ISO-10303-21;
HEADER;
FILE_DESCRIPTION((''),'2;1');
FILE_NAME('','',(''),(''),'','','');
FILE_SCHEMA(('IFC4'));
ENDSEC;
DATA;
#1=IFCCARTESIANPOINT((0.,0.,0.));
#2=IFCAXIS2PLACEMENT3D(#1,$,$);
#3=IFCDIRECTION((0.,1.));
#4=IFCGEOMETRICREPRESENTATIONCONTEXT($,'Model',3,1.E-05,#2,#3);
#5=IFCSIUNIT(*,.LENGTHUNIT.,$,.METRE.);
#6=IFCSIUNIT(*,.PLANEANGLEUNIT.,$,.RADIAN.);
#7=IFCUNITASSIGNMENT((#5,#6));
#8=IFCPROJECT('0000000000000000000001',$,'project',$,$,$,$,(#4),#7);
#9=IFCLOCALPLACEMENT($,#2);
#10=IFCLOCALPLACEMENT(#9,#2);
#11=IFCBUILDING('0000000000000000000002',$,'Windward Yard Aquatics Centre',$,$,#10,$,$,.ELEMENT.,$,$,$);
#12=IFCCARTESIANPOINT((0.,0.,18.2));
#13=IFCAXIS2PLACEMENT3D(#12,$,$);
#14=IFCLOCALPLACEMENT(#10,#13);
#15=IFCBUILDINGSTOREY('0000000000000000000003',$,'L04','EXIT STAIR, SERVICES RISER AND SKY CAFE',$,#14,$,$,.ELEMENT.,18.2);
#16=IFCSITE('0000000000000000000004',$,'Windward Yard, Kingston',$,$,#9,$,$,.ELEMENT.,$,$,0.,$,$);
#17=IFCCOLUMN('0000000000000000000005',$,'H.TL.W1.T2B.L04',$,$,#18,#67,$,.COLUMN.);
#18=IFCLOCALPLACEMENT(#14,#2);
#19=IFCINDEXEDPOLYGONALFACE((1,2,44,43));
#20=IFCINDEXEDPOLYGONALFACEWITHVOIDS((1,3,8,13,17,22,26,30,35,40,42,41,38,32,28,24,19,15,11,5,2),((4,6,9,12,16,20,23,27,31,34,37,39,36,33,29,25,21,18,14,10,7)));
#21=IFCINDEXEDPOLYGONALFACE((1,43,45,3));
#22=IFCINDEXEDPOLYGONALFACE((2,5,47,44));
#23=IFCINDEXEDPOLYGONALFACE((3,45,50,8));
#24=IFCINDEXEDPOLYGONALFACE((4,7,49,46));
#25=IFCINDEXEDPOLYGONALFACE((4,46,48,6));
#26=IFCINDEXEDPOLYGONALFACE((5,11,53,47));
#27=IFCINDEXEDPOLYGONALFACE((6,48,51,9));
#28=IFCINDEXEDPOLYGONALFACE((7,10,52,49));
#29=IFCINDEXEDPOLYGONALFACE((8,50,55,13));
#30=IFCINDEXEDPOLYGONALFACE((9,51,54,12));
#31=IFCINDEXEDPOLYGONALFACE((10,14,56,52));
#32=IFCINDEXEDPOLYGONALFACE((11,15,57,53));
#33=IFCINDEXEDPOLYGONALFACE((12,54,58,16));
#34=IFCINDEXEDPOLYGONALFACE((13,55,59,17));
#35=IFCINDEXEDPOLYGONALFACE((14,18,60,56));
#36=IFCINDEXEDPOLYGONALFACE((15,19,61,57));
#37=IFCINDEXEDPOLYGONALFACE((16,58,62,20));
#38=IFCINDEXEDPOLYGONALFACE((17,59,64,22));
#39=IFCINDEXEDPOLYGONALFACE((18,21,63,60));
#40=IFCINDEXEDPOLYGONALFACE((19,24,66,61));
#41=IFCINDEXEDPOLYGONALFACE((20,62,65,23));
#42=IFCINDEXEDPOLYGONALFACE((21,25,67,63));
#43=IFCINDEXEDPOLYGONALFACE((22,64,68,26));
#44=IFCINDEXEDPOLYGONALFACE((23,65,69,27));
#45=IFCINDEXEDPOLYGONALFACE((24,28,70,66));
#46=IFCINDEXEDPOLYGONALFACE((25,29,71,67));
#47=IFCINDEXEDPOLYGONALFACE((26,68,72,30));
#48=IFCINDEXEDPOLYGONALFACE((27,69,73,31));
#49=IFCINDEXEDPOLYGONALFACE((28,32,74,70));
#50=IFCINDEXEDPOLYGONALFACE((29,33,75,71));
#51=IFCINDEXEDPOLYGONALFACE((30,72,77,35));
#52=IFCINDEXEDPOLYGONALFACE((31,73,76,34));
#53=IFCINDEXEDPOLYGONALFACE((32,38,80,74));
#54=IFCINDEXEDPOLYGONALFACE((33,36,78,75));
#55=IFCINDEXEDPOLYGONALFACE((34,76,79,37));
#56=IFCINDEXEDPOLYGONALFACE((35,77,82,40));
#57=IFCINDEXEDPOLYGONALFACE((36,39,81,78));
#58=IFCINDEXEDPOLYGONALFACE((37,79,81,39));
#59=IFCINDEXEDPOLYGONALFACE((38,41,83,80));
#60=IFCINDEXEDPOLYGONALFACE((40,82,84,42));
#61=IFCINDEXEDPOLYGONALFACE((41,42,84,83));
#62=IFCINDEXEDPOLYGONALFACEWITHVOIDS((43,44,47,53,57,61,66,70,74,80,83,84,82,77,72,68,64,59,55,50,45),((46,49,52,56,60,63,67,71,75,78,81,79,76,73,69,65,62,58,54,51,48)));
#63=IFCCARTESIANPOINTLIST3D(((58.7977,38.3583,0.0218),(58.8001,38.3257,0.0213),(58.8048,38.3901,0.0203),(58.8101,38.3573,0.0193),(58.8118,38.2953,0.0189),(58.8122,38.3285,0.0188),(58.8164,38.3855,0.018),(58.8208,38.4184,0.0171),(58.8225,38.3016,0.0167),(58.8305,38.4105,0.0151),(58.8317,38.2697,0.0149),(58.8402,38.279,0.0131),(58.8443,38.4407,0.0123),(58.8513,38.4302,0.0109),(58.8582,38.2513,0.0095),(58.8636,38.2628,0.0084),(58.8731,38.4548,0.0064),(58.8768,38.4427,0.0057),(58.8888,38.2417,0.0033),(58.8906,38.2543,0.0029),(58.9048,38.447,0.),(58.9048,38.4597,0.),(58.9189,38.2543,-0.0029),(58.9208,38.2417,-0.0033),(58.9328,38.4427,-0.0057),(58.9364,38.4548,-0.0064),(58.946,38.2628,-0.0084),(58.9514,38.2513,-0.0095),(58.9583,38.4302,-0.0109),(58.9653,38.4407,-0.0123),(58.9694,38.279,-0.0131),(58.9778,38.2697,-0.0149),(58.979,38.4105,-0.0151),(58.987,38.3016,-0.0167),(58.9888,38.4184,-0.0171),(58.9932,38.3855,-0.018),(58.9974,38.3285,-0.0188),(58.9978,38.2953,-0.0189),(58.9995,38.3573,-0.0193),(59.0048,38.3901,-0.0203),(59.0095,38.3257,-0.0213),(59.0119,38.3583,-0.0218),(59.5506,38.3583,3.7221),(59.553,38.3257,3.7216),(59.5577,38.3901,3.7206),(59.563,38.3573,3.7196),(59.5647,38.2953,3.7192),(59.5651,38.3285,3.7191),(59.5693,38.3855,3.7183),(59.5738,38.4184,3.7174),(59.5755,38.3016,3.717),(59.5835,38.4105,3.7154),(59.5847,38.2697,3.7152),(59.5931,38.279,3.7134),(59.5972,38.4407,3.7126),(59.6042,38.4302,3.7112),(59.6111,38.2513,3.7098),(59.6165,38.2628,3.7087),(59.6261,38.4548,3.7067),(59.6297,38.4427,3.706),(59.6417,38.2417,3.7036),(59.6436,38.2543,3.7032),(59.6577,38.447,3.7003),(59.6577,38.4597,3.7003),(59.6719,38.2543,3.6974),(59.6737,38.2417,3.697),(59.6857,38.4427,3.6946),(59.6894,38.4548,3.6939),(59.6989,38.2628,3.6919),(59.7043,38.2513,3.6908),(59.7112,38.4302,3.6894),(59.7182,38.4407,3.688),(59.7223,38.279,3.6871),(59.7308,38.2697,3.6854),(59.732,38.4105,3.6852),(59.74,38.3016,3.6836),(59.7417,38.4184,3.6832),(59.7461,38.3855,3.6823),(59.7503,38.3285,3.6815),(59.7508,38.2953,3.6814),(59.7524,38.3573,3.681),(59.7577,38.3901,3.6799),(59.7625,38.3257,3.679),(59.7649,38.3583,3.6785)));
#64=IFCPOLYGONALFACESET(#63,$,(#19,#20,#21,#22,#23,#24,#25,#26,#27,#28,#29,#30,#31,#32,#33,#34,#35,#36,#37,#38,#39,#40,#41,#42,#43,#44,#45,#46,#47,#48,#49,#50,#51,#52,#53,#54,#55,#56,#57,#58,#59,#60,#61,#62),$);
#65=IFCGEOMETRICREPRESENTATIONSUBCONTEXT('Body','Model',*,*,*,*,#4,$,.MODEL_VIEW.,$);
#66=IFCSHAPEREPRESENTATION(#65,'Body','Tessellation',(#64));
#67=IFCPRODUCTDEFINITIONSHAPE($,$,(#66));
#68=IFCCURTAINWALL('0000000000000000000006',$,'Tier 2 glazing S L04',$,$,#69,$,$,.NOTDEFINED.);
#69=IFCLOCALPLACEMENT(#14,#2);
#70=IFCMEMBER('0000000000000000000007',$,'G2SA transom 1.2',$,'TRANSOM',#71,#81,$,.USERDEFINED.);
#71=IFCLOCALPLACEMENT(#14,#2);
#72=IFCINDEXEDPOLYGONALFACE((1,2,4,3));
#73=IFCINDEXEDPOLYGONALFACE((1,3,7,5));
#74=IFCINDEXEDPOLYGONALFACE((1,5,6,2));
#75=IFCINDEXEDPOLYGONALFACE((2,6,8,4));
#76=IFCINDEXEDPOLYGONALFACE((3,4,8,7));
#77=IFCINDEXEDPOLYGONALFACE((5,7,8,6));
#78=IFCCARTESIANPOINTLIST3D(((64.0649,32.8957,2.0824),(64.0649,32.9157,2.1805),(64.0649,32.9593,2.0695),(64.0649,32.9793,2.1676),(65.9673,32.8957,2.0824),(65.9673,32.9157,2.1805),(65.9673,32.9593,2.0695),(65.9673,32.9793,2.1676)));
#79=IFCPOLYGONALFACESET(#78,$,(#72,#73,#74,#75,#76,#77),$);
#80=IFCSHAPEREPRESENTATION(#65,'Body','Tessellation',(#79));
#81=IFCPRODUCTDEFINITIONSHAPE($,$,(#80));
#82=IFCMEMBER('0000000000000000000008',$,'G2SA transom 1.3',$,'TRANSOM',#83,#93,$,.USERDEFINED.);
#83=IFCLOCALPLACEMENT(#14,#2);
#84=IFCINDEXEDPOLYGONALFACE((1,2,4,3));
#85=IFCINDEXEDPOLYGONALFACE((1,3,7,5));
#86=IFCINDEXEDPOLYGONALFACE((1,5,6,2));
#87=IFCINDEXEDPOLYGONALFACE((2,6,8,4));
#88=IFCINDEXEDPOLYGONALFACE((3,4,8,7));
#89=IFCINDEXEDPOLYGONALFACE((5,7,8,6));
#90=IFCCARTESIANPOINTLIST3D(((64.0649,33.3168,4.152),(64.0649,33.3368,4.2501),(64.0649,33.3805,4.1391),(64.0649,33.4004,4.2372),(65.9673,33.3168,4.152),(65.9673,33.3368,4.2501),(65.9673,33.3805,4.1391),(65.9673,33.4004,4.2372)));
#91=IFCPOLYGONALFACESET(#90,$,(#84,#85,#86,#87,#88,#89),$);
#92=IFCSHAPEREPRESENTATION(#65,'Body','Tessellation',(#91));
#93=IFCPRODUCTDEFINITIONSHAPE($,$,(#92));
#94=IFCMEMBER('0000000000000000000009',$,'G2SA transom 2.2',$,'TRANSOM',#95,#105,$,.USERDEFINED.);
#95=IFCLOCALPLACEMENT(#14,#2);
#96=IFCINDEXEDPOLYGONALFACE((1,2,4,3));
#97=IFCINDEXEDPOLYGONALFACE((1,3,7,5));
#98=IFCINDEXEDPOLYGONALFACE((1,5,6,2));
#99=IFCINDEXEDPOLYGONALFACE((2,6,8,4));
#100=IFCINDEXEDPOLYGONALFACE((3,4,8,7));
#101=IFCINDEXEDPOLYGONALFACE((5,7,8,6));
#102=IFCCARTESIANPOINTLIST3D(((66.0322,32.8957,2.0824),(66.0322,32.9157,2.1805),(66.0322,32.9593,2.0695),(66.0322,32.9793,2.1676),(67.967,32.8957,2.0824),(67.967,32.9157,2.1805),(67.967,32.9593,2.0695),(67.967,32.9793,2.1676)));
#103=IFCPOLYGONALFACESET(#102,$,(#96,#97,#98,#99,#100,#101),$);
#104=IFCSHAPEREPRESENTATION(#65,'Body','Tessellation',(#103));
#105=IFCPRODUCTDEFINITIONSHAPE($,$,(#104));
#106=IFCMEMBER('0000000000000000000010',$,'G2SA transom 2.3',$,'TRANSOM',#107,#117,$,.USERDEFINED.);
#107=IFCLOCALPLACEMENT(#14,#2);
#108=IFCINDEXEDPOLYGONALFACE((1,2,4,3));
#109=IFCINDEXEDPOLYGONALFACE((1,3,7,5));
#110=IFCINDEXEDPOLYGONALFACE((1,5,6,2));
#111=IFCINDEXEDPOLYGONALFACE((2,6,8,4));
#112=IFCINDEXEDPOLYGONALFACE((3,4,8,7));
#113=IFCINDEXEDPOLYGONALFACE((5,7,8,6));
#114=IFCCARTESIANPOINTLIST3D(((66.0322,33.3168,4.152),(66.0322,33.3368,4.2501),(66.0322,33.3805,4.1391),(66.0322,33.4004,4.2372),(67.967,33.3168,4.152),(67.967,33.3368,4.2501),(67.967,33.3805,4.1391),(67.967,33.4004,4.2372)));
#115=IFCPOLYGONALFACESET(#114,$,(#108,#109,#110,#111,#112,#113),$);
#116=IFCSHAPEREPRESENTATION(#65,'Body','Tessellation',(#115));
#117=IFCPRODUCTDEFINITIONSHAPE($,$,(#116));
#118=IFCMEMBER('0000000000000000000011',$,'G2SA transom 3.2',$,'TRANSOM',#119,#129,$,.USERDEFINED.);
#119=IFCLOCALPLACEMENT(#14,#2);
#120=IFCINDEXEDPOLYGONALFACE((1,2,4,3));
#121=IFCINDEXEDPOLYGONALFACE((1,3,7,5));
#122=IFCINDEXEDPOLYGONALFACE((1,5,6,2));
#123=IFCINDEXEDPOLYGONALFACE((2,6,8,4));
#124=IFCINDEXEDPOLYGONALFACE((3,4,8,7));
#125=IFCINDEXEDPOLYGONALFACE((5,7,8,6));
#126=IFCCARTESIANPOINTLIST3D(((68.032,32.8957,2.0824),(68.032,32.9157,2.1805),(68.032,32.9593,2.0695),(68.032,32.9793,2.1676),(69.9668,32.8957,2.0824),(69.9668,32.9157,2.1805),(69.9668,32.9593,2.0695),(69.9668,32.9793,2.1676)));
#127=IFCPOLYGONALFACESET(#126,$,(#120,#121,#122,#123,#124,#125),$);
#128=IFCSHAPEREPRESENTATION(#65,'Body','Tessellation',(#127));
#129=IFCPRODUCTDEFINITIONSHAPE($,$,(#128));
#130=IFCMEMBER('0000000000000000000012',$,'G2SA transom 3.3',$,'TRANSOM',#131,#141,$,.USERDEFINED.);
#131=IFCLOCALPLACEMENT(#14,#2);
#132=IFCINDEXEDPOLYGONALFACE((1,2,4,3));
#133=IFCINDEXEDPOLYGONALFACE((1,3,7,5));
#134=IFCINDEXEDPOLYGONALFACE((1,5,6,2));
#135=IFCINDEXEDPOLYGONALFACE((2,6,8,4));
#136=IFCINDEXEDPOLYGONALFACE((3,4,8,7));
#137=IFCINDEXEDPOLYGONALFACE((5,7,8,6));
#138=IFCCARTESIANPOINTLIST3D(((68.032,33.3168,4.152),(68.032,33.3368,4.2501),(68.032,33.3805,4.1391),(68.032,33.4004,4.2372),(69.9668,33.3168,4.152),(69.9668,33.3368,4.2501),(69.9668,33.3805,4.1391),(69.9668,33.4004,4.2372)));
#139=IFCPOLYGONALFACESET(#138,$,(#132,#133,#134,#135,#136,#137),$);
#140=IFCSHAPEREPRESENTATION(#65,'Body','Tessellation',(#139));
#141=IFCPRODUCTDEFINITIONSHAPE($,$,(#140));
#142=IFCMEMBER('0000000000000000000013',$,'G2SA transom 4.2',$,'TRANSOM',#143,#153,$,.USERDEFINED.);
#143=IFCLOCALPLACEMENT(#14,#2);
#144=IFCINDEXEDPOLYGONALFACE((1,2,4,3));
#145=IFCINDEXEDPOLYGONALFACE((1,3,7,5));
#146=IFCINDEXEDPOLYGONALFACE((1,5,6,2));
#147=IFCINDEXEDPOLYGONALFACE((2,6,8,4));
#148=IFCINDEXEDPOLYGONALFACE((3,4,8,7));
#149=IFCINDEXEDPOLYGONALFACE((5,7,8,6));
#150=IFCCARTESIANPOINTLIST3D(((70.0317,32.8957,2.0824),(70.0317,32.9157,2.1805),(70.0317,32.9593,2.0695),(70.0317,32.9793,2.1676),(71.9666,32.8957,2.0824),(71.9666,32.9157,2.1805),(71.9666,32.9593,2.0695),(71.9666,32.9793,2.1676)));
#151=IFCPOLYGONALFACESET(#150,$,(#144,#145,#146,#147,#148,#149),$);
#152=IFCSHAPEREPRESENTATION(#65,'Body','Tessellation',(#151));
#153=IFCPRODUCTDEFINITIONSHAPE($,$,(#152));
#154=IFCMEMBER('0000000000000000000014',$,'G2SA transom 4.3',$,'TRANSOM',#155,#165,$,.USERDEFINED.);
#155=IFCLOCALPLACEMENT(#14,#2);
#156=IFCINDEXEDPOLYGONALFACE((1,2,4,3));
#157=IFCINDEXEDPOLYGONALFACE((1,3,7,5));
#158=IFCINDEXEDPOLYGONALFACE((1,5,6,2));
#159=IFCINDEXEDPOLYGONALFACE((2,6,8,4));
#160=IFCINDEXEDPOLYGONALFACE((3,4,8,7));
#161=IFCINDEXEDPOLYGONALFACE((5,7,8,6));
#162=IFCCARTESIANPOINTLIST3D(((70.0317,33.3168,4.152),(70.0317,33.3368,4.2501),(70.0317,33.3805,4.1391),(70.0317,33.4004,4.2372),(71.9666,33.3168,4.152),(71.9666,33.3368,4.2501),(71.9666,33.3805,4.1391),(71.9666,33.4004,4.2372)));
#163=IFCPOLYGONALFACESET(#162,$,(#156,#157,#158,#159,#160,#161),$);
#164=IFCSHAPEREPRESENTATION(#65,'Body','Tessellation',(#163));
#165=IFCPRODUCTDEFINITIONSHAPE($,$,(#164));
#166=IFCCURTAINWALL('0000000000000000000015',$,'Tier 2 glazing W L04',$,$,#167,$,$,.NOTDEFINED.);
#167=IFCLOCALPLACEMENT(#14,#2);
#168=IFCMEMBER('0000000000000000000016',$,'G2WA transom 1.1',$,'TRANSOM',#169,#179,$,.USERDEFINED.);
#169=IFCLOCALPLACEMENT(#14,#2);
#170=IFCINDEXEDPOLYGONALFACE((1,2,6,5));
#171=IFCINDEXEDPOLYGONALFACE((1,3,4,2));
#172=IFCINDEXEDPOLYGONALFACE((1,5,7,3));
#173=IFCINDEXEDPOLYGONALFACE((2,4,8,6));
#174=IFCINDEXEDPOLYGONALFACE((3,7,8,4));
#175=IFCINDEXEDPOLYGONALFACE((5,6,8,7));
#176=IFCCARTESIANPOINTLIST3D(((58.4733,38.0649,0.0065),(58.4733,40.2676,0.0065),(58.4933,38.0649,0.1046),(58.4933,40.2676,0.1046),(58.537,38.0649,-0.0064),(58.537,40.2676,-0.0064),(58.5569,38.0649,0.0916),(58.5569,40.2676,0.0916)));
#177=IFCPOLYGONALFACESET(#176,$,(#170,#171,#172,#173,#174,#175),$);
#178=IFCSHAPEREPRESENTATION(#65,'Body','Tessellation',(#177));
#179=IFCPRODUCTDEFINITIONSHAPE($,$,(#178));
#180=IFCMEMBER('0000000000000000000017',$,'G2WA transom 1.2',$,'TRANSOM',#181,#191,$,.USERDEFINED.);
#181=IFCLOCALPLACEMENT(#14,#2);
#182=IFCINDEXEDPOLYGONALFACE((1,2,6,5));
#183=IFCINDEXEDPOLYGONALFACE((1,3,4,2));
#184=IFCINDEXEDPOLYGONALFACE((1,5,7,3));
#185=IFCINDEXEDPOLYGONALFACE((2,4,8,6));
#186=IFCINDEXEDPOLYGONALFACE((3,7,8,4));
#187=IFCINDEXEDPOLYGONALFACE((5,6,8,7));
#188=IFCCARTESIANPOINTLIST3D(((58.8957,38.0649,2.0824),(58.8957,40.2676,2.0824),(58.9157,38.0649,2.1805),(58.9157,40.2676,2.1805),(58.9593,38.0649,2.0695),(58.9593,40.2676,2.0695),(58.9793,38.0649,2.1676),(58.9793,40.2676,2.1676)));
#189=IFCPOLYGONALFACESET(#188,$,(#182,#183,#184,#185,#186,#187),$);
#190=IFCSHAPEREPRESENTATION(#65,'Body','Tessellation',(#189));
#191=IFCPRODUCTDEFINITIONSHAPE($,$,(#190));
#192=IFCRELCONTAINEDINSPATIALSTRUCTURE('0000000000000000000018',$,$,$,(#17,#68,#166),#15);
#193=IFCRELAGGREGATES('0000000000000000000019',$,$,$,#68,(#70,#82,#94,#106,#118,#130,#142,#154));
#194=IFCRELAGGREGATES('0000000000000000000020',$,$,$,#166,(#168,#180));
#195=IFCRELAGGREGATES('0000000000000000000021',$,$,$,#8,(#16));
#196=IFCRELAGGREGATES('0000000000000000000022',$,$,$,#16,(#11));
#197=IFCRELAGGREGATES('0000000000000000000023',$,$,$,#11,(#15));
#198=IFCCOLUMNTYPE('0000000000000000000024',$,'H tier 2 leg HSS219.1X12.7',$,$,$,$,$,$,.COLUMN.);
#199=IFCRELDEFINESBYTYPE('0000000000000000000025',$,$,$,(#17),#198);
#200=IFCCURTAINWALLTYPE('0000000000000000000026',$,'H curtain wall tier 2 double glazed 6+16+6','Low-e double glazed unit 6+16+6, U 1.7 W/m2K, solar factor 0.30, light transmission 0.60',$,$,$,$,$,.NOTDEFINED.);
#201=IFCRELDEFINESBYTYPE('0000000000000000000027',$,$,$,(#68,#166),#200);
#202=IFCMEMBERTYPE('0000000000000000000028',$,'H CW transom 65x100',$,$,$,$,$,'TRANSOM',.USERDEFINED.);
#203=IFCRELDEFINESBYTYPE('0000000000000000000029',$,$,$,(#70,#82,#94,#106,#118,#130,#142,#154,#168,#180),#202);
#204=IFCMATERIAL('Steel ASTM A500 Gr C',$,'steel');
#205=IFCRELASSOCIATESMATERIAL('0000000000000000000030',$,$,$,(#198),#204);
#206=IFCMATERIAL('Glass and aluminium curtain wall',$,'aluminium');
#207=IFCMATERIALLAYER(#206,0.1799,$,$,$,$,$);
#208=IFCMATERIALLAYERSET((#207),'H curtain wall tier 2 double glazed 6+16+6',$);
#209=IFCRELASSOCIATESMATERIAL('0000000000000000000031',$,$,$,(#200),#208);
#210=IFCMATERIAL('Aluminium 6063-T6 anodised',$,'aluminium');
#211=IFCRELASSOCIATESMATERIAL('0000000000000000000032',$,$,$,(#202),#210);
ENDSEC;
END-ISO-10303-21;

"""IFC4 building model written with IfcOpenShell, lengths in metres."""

from ifc_helpers import new_model, si_unit, direction, frame, origin, origin_2d, place, context, subcontext, project, spatial, rectangle, hollow_circle, extrude, material, layer, layer_set, material_profile, profile_set, type_object, element, aggregate, save


model = new_model("IFC4")

# Units and contexts
model_context = context("Model", 3, precision=1e-05, world=origin(), true_north=direction((0.0, 1.0)))
body_context = subcontext(model_context, "Body", "Model", "MODEL_VIEW")
ifc_project = project(units=[si_unit("LENGTHUNIT", "METRE"), si_unit("PLANEANGLEUNIT", "RADIAN")], contexts=[model_context])

# Site, building, storey
site_placement = place(None, origin())
site = spatial("IfcSite", under=ifc_project, at=site_placement, Name="Windward Yard, Kingston", CompositionType="ELEMENT", RefElevation=0.0)
building_placement = place(site_placement, origin())
building = spatial("IfcBuilding", under=site, at=building_placement, Name="Windward Yard Aquatics Centre", CompositionType="ELEMENT")
storey_placement = place(building_placement, frame((0.0, 0.0, 18.2)))
storey = spatial("IfcBuildingStorey", under=building, at=storey_placement, Name="L04", Description="EXIT STAIR, SERVICES RISER AND SKY CAFE", CompositionType="ELEMENT", Elevation=18.2)

# Column
ifc_material_1 = material(Name="Steel ASTM A500 Gr C", Category="steel")
ifc_material_profile_1 = material_profile(ifc_material_1, hollow_circle(Radius=0.1096, WallThickness=0.0127, at=origin_2d()), Name="HSS219.1X12.7")
ifc_profile_set_1 = profile_set([ifc_material_profile_1], Name="Steel ASTM A500 Gr C")
column_type = type_object("IfcColumnType", Name="H tier 2 leg HSS219.1X12.7", PredefinedType="COLUMN", material=ifc_profile_set_1)
column_placement = place(storey_placement, frame((58.9048, 38.3501, 0.0), z_axis=(0.199398, 0.0, 0.979919), x_axis=(0.0, 1.0, 0.0)))
element("IfcColumn", 1, at=column_placement, inside=storey, type_object=column_type, Name="H.TL.W1.T2B.L04", PredefinedType="COLUMN", context=body_context, shape_type="SweptSolid", body=[
    extrude(hollow_circle(Radius=0.1096, WallThickness=0.0127, at=origin_2d()), origin(), (0.0, 0.0, 1.0), 3.7761),
])

# Curtain walls, members
ifc_material_2 = material(Name="Glass and aluminium curtain wall", Category="aluminium")
ifc_layer_1 = layer(ifc_material_2, 0.1799)
ifc_layer_set_1 = layer_set([ifc_layer_1], Name="H curtain wall tier 2 double glazed 6+16+6")
curtain_wall_type = type_object("IfcCurtainWallType", Name="H curtain wall tier 2 double glazed 6+16+6", Description="Low-e double glazed unit 6+16+6, U 1.7 W/m2K, solar factor 0.30, light transmission 0.60", PredefinedType="NOTDEFINED", material=ifc_layer_set_1)
curtain_wall_1_placement = place(storey_placement, origin())
curtain_wall_1 = element("IfcCurtainWall", 2, at=curtain_wall_1_placement, inside=storey, type_object=curtain_wall_type, Name="Tier 2 glazing S L04", PredefinedType="NOTDEFINED")
ifc_material_3 = material(Name="Aluminium 6063-T6 anodised", Category="aluminium")
ifc_material_profile_2 = material_profile(ifc_material_3, rectangle(XDim=0.0649, YDim=0.1001, at=origin_2d()), Name="H CW transom 65x100")
ifc_profile_set_2 = profile_set([ifc_material_profile_2], Name="Aluminium 6063-T6 anodised")
member_type = type_object("IfcMemberType", Name="H CW transom 65x100", ElementType="TRANSOM", PredefinedType="USERDEFINED", material=ifc_profile_set_2)
member_1_placement = place(storey_placement, frame((64.0649, 32.9375, 2.125), z_axis=(1.0, 0.0, 0.0), x_axis=(0.0, -0.979925, 0.199368)))
member_1 = element("IfcMember", 3, at=member_1_placement, type_object=member_type, Name="G2SA transom 1.2", ObjectType="TRANSOM", PredefinedType="USERDEFINED", context=body_context, shape_type="SweptSolid", body=[
    extrude(rectangle(XDim=0.0649, YDim=0.1001, at=origin_2d()), origin(), (0.0, 0.0, 1.0), 1.9023),
])
member_2_placement = place(storey_placement, frame((64.0649, 33.3586, 4.1946), z_axis=(1.0, 0.0, 0.0), x_axis=(0.0, -0.979925, 0.199368)))
member_2 = element("IfcMember", 4, at=member_2_placement, type_object=member_type, Name="G2SA transom 1.3", ObjectType="TRANSOM", PredefinedType="USERDEFINED", context=body_context, shape_type="SweptSolid", body=[
    extrude(rectangle(XDim=0.0649, YDim=0.1001, at=origin_2d()), origin(), (0.0, 0.0, 1.0), 1.9023),
])
member_3_placement = place(storey_placement, frame((66.0322, 32.9375, 2.125), z_axis=(1.0, 0.0, 0.0), x_axis=(0.0, -0.979925, 0.199368)))
member_3 = element("IfcMember", 5, at=member_3_placement, type_object=member_type, Name="G2SA transom 2.2", ObjectType="TRANSOM", PredefinedType="USERDEFINED", context=body_context, shape_type="SweptSolid", body=[
    extrude(rectangle(XDim=0.0649, YDim=0.1001, at=origin_2d()), origin(), (0.0, 0.0, 1.0), 1.9348),
])
member_4_placement = place(storey_placement, frame((66.0322, 33.3586, 4.1946), z_axis=(1.0, 0.0, 0.0), x_axis=(0.0, -0.979925, 0.199368)))
member_4 = element("IfcMember", 6, at=member_4_placement, type_object=member_type, Name="G2SA transom 2.3", ObjectType="TRANSOM", PredefinedType="USERDEFINED", context=body_context, shape_type="SweptSolid", body=[
    extrude(rectangle(XDim=0.0649, YDim=0.1001, at=origin_2d()), origin(), (0.0, 0.0, 1.0), 1.9348),
])
member_5_placement = place(storey_placement, frame((68.032, 32.9375, 2.125), z_axis=(1.0, 0.0, 0.0), x_axis=(0.0, -0.979925, 0.199368)))
member_5 = element("IfcMember", 7, at=member_5_placement, type_object=member_type, Name="G2SA transom 3.2", ObjectType="TRANSOM", PredefinedType="USERDEFINED", context=body_context, shape_type="SweptSolid", body=[
    extrude(rectangle(XDim=0.0649, YDim=0.1001, at=origin_2d()), origin(), (0.0, 0.0, 1.0), 1.9348),
])
member_6_placement = place(storey_placement, frame((68.032, 33.3586, 4.1946), z_axis=(1.0, 0.0, 0.0), x_axis=(0.0, -0.979925, 0.199368)))
member_6 = element("IfcMember", 8, at=member_6_placement, type_object=member_type, Name="G2SA transom 3.3", ObjectType="TRANSOM", PredefinedType="USERDEFINED", context=body_context, shape_type="SweptSolid", body=[
    extrude(rectangle(XDim=0.0649, YDim=0.1001, at=origin_2d()), origin(), (0.0, 0.0, 1.0), 1.9348),
])
member_7_placement = place(storey_placement, frame((70.0317, 32.9375, 2.125), z_axis=(1.0, 0.0, 0.0), x_axis=(0.0, -0.979925, 0.199368)))
member_7 = element("IfcMember", 9, at=member_7_placement, type_object=member_type, Name="G2SA transom 4.2", ObjectType="TRANSOM", PredefinedType="USERDEFINED", context=body_context, shape_type="SweptSolid", body=[
    extrude(rectangle(XDim=0.0649, YDim=0.1001, at=origin_2d()), origin(), (0.0, 0.0, 1.0), 1.9348),
])
member_8_placement = place(storey_placement, frame((70.0317, 33.3586, 4.1946), z_axis=(1.0, 0.0, 0.0), x_axis=(0.0, -0.979925, 0.199368)))
member_8 = element("IfcMember", 10, at=member_8_placement, type_object=member_type, Name="G2SA transom 4.3", ObjectType="TRANSOM", PredefinedType="USERDEFINED", context=body_context, shape_type="SweptSolid", body=[
    extrude(rectangle(XDim=0.0649, YDim=0.1001, at=origin_2d()), origin(), (0.0, 0.0, 1.0), 1.9348),
])
curtain_wall_2_placement = place(storey_placement, origin())
curtain_wall_2 = element("IfcCurtainWall", 11, at=curtain_wall_2_placement, inside=storey, type_object=curtain_wall_type, Name="Tier 2 glazing W L04", PredefinedType="NOTDEFINED")
member_9_placement = place(storey_placement, frame((58.5151, 38.0649, 0.0491), z_axis=(0.0, 1.0, 0.0), x_axis=(-0.979925, 0.0, 0.199368)))
member_9 = element("IfcMember", 12, at=member_9_placement, type_object=member_type, Name="G2WA transom 1.1", ObjectType="TRANSOM", PredefinedType="USERDEFINED", context=body_context, shape_type="SweptSolid", body=[
    extrude(rectangle(XDim=0.0649, YDim=0.1001, at=origin_2d()), origin(), (0.0, 0.0, 1.0), 2.2026),
])
member_10_placement = place(storey_placement, frame((58.9375, 38.0649, 2.125), z_axis=(0.0, 1.0, 0.0), x_axis=(-0.979925, 0.0, 0.199368)))
member_10 = element("IfcMember", 13, at=member_10_placement, type_object=member_type, Name="G2WA transom 1.2", ObjectType="TRANSOM", PredefinedType="USERDEFINED", context=body_context, shape_type="SweptSolid", body=[
    extrude(rectangle(XDim=0.0649, YDim=0.1001, at=origin_2d()), origin(), (0.0, 0.0, 1.0), 2.2026),
])

aggregate(curtain_wall_1, [member_1, member_2, member_3, member_4, member_5, member_6, member_7, member_8])
aggregate(curtain_wall_2, [member_9, member_10])

save(model, "model.ifc")
